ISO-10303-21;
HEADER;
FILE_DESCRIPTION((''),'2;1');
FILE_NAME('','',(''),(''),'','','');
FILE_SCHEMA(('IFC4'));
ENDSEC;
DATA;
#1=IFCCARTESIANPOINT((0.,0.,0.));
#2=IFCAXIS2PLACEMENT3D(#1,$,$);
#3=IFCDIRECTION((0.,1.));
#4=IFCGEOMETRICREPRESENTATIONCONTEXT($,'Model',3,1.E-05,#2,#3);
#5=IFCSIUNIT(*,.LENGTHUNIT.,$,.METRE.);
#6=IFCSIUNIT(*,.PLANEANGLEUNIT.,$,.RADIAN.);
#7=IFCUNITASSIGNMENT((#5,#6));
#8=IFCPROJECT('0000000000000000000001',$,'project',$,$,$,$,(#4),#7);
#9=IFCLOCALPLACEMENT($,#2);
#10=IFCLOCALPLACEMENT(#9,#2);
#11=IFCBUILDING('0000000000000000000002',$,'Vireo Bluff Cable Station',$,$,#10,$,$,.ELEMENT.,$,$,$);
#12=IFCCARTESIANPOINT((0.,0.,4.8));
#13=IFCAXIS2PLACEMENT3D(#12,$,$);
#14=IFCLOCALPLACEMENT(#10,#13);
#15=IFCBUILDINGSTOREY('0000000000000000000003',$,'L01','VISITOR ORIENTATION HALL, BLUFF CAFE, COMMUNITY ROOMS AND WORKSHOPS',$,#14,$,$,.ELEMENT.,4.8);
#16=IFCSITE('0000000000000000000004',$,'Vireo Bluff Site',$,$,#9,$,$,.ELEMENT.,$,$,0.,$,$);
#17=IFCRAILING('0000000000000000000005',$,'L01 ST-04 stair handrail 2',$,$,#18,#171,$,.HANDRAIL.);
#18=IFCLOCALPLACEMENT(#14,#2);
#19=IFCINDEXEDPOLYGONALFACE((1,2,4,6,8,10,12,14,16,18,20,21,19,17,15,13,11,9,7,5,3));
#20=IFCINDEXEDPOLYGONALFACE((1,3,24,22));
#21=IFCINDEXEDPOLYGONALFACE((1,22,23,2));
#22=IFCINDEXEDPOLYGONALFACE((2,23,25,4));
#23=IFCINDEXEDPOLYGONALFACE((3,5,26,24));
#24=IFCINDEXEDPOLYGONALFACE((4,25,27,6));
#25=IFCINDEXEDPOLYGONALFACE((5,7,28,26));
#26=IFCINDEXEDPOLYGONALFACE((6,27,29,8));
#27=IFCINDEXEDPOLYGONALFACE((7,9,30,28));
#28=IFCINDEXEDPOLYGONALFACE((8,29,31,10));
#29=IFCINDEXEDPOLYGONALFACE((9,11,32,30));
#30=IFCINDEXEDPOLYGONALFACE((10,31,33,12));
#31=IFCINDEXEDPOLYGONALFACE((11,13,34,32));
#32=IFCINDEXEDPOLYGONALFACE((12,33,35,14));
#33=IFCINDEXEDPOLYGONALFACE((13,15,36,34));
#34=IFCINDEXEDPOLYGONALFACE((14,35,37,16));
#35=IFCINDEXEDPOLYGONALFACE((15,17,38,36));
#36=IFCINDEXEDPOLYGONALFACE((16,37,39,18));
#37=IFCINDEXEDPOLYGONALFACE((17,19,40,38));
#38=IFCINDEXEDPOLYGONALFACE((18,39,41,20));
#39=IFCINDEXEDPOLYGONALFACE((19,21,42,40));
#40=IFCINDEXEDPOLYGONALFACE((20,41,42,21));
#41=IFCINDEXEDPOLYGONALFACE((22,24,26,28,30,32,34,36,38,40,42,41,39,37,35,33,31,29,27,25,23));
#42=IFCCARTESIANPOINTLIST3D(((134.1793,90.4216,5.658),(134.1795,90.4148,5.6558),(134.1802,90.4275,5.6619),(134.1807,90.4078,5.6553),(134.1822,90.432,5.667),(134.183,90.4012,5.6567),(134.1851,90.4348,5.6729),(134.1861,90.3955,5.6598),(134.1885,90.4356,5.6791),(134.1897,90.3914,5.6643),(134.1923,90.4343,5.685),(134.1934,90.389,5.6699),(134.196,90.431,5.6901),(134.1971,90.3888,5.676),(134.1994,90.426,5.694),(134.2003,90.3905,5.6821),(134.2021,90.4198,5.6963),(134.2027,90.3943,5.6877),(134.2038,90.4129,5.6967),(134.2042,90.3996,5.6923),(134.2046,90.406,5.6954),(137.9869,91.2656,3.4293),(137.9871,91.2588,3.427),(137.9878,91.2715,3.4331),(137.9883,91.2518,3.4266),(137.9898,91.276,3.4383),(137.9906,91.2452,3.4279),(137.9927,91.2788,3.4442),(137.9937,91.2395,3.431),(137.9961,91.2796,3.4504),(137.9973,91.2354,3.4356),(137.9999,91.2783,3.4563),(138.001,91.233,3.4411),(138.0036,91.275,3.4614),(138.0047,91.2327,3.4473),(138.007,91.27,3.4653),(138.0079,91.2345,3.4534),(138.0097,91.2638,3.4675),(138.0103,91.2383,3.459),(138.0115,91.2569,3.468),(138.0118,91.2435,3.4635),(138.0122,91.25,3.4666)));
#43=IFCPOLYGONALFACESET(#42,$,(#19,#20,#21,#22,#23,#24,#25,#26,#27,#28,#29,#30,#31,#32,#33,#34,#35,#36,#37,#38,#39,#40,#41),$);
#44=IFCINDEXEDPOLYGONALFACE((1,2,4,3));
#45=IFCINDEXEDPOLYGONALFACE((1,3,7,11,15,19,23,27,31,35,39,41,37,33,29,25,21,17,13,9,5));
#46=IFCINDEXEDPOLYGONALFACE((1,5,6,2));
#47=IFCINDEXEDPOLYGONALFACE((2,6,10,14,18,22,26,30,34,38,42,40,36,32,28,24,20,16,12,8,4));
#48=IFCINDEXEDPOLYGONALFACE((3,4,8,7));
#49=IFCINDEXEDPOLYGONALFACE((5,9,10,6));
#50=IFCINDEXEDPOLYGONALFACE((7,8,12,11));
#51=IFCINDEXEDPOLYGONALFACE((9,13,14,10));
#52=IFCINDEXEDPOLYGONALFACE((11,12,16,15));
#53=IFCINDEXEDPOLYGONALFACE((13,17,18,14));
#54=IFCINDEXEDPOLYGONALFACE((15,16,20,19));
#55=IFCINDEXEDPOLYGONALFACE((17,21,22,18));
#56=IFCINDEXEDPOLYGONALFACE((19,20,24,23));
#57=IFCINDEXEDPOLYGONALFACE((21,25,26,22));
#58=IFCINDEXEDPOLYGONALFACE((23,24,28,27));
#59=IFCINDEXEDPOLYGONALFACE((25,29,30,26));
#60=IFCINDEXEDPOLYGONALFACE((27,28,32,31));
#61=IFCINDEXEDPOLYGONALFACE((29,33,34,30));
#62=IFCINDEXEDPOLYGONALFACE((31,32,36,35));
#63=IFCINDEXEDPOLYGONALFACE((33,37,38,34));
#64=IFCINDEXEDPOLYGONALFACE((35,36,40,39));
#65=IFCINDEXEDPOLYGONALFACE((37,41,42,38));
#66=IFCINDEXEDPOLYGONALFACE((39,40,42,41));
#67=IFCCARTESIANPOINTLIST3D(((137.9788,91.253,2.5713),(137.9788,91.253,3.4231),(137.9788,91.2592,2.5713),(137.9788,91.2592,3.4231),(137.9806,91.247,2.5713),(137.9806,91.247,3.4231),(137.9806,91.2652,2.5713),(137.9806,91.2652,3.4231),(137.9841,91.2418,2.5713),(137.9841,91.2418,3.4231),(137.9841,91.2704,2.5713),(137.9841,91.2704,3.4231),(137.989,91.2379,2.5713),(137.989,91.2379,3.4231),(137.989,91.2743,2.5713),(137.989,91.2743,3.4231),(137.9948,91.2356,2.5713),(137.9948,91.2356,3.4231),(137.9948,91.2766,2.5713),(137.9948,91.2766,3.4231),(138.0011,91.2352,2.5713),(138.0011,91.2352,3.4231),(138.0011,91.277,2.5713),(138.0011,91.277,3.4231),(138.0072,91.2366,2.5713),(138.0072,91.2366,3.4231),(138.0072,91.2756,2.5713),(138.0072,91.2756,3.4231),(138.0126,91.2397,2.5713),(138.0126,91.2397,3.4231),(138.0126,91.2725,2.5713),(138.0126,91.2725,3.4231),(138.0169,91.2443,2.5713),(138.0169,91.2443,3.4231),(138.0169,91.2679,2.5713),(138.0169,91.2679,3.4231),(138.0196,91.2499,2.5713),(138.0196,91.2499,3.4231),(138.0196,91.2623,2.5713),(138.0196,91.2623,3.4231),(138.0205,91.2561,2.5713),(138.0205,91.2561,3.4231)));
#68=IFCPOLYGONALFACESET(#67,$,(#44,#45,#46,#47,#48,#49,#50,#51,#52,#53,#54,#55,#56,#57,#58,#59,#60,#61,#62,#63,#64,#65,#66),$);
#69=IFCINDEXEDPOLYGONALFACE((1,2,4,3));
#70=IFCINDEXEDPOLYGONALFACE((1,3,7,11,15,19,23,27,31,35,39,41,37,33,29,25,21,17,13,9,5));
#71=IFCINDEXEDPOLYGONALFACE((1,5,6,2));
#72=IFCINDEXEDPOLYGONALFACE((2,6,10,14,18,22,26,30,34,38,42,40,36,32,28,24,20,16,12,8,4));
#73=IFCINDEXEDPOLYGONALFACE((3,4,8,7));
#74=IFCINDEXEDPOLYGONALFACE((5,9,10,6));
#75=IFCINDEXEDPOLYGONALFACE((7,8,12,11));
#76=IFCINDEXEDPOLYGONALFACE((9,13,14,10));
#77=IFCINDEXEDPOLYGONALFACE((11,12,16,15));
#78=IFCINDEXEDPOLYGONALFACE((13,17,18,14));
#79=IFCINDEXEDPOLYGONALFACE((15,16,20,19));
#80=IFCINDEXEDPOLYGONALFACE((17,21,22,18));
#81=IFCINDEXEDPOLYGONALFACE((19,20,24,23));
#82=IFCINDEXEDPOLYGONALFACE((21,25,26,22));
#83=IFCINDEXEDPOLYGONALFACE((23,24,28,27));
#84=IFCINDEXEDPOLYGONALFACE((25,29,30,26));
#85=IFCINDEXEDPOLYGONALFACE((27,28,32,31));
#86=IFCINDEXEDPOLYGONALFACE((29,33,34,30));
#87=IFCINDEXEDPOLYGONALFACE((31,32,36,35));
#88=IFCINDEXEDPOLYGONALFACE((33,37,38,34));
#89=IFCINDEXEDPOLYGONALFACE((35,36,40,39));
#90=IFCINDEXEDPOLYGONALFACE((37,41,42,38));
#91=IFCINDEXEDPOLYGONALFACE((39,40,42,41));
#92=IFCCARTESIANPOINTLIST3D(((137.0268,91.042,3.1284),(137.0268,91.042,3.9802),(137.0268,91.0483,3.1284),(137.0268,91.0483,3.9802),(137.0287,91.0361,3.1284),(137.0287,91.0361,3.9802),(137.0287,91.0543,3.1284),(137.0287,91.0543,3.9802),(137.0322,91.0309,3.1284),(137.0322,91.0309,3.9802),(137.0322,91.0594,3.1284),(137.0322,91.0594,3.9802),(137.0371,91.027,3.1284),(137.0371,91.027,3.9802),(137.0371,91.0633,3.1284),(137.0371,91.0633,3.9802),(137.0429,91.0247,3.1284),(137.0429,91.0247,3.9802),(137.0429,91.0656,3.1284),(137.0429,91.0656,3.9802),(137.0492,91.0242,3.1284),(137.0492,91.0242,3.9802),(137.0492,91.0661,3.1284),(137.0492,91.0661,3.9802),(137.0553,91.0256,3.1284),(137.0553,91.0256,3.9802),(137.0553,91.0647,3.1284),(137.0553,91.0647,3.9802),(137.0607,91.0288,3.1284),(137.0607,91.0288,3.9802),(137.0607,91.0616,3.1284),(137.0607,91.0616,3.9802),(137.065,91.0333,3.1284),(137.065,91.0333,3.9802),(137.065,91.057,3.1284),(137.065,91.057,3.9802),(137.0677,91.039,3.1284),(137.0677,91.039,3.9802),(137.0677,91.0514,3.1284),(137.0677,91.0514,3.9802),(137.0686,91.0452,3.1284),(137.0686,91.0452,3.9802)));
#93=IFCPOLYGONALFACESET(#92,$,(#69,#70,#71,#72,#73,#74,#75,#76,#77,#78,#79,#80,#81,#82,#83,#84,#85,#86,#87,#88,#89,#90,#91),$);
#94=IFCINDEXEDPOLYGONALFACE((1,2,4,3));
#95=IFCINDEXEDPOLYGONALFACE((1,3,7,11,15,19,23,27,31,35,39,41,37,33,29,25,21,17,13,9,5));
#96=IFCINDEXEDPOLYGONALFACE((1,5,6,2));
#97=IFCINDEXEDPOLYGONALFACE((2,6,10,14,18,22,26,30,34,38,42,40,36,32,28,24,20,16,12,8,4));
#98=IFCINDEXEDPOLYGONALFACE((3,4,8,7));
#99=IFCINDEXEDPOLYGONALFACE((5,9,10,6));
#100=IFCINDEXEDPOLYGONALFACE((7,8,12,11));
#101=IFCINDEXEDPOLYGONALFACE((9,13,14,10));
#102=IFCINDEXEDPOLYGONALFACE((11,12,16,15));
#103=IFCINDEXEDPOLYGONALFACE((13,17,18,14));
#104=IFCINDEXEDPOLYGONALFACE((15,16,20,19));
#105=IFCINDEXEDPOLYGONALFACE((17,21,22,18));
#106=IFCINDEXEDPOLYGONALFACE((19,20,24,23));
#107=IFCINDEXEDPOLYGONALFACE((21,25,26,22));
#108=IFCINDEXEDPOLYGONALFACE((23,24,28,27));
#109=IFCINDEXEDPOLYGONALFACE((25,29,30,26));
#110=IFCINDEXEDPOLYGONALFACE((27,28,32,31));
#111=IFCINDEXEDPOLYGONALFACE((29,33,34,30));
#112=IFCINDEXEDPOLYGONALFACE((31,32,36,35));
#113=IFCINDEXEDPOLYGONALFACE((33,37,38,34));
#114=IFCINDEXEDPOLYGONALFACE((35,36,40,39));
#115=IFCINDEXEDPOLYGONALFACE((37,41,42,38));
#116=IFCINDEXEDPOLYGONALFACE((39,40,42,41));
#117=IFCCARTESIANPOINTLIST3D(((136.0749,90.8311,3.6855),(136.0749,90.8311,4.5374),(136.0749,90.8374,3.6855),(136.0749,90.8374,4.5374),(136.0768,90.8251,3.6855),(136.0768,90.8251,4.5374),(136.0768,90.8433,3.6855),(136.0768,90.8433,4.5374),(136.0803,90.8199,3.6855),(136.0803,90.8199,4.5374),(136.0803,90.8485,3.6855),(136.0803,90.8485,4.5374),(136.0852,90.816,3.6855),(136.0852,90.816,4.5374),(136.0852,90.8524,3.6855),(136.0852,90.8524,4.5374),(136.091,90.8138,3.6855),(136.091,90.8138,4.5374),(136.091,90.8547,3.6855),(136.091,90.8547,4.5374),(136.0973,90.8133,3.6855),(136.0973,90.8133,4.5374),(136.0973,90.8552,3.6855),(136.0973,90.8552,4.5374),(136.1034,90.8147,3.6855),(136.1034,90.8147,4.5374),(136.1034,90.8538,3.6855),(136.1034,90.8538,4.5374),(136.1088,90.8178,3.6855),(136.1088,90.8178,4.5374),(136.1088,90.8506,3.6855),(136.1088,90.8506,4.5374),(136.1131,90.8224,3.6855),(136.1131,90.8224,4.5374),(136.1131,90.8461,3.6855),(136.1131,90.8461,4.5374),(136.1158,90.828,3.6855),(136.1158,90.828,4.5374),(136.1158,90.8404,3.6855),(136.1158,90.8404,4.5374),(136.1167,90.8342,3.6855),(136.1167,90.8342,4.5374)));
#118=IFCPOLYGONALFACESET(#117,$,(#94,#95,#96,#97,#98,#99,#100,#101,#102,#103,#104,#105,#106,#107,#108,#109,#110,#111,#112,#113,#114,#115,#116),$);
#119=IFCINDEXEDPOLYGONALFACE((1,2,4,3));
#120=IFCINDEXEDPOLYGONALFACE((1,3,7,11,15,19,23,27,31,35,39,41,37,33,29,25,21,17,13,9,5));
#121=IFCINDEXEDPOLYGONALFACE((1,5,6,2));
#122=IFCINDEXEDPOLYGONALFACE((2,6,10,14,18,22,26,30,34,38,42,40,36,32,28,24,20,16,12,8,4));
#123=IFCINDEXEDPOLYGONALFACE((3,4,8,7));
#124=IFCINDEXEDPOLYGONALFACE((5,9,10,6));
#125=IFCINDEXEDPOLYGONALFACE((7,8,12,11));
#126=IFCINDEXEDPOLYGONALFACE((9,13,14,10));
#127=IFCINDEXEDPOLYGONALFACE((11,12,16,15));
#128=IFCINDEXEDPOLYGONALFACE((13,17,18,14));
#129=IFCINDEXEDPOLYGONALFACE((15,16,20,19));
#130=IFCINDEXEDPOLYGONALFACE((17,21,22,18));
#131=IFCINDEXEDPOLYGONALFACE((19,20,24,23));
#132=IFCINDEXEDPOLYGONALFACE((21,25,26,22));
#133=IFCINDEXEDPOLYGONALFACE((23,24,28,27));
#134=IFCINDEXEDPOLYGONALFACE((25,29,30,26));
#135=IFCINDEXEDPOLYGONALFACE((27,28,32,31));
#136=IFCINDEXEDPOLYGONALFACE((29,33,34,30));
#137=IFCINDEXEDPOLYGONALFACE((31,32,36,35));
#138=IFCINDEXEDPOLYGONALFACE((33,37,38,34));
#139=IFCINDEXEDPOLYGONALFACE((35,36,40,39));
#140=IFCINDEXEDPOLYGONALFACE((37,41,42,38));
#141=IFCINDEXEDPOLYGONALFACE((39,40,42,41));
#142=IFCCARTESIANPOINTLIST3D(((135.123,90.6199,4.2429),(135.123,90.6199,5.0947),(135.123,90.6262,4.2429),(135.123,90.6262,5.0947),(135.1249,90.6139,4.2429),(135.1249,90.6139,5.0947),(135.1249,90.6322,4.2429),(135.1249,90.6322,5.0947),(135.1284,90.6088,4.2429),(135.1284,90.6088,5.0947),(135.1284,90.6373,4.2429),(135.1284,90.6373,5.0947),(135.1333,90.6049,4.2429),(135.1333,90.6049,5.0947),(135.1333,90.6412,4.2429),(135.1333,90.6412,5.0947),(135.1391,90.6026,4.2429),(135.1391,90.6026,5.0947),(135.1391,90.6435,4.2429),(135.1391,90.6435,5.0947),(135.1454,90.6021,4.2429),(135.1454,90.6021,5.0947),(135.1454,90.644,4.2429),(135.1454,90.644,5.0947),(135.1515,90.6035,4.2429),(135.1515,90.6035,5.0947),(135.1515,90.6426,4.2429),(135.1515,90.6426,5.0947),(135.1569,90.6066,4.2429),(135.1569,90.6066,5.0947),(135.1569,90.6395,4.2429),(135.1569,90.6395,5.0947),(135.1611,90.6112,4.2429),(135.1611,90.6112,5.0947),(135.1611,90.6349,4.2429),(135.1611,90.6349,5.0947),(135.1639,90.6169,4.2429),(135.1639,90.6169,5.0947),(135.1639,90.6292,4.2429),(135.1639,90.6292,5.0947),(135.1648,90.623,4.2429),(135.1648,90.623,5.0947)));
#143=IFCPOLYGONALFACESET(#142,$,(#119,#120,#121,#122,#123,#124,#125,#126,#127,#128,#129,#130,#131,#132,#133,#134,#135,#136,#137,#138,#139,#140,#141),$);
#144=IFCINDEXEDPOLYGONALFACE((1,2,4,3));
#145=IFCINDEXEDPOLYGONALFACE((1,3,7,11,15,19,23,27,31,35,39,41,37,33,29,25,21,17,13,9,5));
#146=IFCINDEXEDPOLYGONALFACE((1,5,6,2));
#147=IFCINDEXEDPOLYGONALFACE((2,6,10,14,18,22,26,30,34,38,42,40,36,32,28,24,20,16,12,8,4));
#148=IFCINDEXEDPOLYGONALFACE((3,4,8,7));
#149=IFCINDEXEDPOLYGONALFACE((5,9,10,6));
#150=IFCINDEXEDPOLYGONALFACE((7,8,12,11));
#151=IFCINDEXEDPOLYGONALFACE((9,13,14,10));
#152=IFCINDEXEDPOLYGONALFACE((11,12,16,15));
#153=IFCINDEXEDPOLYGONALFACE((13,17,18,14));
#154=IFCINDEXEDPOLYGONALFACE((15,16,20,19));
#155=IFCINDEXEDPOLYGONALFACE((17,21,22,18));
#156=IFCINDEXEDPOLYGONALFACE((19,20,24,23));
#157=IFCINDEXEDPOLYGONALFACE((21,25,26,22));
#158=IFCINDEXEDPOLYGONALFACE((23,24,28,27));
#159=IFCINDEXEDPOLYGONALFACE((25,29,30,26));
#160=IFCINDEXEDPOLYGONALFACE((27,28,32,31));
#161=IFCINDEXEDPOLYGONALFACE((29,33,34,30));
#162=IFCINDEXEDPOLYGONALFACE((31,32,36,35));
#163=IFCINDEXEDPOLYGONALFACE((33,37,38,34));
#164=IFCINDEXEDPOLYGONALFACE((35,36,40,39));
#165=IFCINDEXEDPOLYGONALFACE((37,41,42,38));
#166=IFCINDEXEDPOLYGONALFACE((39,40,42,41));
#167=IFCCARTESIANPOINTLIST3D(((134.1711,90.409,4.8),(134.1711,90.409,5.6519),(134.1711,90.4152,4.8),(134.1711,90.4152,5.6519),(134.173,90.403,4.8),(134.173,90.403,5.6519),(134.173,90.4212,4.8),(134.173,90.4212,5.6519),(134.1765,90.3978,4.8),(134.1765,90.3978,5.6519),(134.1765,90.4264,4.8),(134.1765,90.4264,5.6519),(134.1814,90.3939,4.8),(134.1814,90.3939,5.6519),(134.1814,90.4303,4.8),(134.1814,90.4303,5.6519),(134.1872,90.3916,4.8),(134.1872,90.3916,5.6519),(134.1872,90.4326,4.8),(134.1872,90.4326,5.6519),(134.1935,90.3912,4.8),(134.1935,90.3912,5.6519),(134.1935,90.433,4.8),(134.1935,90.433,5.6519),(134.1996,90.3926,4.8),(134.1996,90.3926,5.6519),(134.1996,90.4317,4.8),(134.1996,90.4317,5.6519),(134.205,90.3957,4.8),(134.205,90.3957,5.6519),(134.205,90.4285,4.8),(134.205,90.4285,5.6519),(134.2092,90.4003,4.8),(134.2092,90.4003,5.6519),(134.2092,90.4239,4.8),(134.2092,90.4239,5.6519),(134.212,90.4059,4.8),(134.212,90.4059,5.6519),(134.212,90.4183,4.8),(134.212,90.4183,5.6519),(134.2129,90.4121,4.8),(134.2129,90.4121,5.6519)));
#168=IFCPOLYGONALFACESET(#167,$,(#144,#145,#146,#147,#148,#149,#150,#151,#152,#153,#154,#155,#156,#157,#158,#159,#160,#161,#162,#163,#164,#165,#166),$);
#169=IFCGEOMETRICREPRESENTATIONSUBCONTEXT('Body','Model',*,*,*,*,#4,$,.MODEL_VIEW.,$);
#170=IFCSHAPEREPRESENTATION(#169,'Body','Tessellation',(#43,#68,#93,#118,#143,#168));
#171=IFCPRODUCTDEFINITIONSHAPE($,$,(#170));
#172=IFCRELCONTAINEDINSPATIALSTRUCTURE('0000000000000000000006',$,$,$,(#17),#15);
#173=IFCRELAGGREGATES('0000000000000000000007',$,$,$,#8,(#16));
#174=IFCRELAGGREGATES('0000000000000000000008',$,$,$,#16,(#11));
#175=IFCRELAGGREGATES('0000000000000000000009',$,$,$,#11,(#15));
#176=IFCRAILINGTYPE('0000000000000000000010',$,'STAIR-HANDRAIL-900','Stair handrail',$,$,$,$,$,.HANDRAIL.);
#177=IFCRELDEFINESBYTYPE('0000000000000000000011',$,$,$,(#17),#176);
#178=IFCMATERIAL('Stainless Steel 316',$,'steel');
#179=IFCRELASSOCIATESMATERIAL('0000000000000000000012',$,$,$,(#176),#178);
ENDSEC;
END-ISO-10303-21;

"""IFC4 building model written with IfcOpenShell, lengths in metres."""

from ifc_helpers import new_model, si_unit, direction, frame, origin, origin_2d, place, context, subcontext, project, spatial, circle, extrude, material, type_object, element, save


model = new_model("IFC4")

# Units and contexts
model_context = context("Model", 3, precision=1e-05, world=origin(), true_north=direction((0.0, 1.0)))
body_context = subcontext(model_context, "Body", "Model", "MODEL_VIEW")
ifc_project = project(units=[si_unit("LENGTHUNIT", "METRE"), si_unit("PLANEANGLEUNIT", "RADIAN")], contexts=[model_context])

# Site, building, storey
site_placement = place(None, origin())
site = spatial("IfcSite", under=ifc_project, at=site_placement, Name="Vireo Bluff Site", CompositionType="ELEMENT", RefElevation=0.0)
building_placement = place(site_placement, origin())
building = spatial("IfcBuilding", under=site, at=building_placement, Name="Vireo Bluff Cable Station", CompositionType="ELEMENT")
storey_placement = place(building_placement, frame((0.0, 0.0, 4.8)))
storey = spatial("IfcBuildingStorey", under=building, at=storey_placement, Name="L01", Description="VISITOR ORIENTATION HALL, BLUFF CAFE, COMMUNITY ROOMS AND WORKSHOPS", CompositionType="ELEMENT", Elevation=4.8)

# Railing
ifc_material_1 = material(Name="Stainless Steel 316", Category="steel")
railing_type_1 = type_object("IfcRailingType", Name="STAIR-HANDRAIL-900", Description="Stair handrail", PredefinedType="HANDRAIL", material=ifc_material_1)
railing_1_placement = place(storey_placement, frame((137.9995, 91.2561, 2.5713)))
element("IfcRailing", 1, at=railing_1_placement, inside=storey, type_object=railing_type_1, Name="L01 ST-04 stair handrail 2", PredefinedType="HANDRAIL", context=body_context, shape_type="SweptSolid", body=[
    extrude(circle(Radius=0.0239, at=origin_2d()), frame((0.0, 0.0, 0.876), z_axis=(-0.847653, -0.18789, 0.496167), x_axis=(0.216407, -0.976303, 0.0)), (0.0, 0.0, 1.0), 4.4919),
    extrude(circle(Radius=0.021, at=origin_2d()), origin(), (0.0, 0.0, 1.0), 0.8518),
    extrude(circle(Radius=0.021, at=origin_2d()), frame((-0.9519, -0.2109, 0.5571)), (0.0, 0.0, 1.0), 0.8518),
    extrude(circle(Radius=0.021, at=origin_2d()), frame((-1.9038, -0.4219, 1.1143)), (0.0, 0.0, 1.0), 0.8518),
    extrude(circle(Radius=0.021, at=origin_2d()), frame((-2.8557, -0.6331, 1.6716)), (0.0, 0.0, 1.0), 0.8518),
    extrude(circle(Radius=0.021, at=origin_2d()), frame((-3.8076, -0.844, 2.2288)), (0.0, 0.0, 1.0), 0.8518),
])

save(model, "model.ifc")
